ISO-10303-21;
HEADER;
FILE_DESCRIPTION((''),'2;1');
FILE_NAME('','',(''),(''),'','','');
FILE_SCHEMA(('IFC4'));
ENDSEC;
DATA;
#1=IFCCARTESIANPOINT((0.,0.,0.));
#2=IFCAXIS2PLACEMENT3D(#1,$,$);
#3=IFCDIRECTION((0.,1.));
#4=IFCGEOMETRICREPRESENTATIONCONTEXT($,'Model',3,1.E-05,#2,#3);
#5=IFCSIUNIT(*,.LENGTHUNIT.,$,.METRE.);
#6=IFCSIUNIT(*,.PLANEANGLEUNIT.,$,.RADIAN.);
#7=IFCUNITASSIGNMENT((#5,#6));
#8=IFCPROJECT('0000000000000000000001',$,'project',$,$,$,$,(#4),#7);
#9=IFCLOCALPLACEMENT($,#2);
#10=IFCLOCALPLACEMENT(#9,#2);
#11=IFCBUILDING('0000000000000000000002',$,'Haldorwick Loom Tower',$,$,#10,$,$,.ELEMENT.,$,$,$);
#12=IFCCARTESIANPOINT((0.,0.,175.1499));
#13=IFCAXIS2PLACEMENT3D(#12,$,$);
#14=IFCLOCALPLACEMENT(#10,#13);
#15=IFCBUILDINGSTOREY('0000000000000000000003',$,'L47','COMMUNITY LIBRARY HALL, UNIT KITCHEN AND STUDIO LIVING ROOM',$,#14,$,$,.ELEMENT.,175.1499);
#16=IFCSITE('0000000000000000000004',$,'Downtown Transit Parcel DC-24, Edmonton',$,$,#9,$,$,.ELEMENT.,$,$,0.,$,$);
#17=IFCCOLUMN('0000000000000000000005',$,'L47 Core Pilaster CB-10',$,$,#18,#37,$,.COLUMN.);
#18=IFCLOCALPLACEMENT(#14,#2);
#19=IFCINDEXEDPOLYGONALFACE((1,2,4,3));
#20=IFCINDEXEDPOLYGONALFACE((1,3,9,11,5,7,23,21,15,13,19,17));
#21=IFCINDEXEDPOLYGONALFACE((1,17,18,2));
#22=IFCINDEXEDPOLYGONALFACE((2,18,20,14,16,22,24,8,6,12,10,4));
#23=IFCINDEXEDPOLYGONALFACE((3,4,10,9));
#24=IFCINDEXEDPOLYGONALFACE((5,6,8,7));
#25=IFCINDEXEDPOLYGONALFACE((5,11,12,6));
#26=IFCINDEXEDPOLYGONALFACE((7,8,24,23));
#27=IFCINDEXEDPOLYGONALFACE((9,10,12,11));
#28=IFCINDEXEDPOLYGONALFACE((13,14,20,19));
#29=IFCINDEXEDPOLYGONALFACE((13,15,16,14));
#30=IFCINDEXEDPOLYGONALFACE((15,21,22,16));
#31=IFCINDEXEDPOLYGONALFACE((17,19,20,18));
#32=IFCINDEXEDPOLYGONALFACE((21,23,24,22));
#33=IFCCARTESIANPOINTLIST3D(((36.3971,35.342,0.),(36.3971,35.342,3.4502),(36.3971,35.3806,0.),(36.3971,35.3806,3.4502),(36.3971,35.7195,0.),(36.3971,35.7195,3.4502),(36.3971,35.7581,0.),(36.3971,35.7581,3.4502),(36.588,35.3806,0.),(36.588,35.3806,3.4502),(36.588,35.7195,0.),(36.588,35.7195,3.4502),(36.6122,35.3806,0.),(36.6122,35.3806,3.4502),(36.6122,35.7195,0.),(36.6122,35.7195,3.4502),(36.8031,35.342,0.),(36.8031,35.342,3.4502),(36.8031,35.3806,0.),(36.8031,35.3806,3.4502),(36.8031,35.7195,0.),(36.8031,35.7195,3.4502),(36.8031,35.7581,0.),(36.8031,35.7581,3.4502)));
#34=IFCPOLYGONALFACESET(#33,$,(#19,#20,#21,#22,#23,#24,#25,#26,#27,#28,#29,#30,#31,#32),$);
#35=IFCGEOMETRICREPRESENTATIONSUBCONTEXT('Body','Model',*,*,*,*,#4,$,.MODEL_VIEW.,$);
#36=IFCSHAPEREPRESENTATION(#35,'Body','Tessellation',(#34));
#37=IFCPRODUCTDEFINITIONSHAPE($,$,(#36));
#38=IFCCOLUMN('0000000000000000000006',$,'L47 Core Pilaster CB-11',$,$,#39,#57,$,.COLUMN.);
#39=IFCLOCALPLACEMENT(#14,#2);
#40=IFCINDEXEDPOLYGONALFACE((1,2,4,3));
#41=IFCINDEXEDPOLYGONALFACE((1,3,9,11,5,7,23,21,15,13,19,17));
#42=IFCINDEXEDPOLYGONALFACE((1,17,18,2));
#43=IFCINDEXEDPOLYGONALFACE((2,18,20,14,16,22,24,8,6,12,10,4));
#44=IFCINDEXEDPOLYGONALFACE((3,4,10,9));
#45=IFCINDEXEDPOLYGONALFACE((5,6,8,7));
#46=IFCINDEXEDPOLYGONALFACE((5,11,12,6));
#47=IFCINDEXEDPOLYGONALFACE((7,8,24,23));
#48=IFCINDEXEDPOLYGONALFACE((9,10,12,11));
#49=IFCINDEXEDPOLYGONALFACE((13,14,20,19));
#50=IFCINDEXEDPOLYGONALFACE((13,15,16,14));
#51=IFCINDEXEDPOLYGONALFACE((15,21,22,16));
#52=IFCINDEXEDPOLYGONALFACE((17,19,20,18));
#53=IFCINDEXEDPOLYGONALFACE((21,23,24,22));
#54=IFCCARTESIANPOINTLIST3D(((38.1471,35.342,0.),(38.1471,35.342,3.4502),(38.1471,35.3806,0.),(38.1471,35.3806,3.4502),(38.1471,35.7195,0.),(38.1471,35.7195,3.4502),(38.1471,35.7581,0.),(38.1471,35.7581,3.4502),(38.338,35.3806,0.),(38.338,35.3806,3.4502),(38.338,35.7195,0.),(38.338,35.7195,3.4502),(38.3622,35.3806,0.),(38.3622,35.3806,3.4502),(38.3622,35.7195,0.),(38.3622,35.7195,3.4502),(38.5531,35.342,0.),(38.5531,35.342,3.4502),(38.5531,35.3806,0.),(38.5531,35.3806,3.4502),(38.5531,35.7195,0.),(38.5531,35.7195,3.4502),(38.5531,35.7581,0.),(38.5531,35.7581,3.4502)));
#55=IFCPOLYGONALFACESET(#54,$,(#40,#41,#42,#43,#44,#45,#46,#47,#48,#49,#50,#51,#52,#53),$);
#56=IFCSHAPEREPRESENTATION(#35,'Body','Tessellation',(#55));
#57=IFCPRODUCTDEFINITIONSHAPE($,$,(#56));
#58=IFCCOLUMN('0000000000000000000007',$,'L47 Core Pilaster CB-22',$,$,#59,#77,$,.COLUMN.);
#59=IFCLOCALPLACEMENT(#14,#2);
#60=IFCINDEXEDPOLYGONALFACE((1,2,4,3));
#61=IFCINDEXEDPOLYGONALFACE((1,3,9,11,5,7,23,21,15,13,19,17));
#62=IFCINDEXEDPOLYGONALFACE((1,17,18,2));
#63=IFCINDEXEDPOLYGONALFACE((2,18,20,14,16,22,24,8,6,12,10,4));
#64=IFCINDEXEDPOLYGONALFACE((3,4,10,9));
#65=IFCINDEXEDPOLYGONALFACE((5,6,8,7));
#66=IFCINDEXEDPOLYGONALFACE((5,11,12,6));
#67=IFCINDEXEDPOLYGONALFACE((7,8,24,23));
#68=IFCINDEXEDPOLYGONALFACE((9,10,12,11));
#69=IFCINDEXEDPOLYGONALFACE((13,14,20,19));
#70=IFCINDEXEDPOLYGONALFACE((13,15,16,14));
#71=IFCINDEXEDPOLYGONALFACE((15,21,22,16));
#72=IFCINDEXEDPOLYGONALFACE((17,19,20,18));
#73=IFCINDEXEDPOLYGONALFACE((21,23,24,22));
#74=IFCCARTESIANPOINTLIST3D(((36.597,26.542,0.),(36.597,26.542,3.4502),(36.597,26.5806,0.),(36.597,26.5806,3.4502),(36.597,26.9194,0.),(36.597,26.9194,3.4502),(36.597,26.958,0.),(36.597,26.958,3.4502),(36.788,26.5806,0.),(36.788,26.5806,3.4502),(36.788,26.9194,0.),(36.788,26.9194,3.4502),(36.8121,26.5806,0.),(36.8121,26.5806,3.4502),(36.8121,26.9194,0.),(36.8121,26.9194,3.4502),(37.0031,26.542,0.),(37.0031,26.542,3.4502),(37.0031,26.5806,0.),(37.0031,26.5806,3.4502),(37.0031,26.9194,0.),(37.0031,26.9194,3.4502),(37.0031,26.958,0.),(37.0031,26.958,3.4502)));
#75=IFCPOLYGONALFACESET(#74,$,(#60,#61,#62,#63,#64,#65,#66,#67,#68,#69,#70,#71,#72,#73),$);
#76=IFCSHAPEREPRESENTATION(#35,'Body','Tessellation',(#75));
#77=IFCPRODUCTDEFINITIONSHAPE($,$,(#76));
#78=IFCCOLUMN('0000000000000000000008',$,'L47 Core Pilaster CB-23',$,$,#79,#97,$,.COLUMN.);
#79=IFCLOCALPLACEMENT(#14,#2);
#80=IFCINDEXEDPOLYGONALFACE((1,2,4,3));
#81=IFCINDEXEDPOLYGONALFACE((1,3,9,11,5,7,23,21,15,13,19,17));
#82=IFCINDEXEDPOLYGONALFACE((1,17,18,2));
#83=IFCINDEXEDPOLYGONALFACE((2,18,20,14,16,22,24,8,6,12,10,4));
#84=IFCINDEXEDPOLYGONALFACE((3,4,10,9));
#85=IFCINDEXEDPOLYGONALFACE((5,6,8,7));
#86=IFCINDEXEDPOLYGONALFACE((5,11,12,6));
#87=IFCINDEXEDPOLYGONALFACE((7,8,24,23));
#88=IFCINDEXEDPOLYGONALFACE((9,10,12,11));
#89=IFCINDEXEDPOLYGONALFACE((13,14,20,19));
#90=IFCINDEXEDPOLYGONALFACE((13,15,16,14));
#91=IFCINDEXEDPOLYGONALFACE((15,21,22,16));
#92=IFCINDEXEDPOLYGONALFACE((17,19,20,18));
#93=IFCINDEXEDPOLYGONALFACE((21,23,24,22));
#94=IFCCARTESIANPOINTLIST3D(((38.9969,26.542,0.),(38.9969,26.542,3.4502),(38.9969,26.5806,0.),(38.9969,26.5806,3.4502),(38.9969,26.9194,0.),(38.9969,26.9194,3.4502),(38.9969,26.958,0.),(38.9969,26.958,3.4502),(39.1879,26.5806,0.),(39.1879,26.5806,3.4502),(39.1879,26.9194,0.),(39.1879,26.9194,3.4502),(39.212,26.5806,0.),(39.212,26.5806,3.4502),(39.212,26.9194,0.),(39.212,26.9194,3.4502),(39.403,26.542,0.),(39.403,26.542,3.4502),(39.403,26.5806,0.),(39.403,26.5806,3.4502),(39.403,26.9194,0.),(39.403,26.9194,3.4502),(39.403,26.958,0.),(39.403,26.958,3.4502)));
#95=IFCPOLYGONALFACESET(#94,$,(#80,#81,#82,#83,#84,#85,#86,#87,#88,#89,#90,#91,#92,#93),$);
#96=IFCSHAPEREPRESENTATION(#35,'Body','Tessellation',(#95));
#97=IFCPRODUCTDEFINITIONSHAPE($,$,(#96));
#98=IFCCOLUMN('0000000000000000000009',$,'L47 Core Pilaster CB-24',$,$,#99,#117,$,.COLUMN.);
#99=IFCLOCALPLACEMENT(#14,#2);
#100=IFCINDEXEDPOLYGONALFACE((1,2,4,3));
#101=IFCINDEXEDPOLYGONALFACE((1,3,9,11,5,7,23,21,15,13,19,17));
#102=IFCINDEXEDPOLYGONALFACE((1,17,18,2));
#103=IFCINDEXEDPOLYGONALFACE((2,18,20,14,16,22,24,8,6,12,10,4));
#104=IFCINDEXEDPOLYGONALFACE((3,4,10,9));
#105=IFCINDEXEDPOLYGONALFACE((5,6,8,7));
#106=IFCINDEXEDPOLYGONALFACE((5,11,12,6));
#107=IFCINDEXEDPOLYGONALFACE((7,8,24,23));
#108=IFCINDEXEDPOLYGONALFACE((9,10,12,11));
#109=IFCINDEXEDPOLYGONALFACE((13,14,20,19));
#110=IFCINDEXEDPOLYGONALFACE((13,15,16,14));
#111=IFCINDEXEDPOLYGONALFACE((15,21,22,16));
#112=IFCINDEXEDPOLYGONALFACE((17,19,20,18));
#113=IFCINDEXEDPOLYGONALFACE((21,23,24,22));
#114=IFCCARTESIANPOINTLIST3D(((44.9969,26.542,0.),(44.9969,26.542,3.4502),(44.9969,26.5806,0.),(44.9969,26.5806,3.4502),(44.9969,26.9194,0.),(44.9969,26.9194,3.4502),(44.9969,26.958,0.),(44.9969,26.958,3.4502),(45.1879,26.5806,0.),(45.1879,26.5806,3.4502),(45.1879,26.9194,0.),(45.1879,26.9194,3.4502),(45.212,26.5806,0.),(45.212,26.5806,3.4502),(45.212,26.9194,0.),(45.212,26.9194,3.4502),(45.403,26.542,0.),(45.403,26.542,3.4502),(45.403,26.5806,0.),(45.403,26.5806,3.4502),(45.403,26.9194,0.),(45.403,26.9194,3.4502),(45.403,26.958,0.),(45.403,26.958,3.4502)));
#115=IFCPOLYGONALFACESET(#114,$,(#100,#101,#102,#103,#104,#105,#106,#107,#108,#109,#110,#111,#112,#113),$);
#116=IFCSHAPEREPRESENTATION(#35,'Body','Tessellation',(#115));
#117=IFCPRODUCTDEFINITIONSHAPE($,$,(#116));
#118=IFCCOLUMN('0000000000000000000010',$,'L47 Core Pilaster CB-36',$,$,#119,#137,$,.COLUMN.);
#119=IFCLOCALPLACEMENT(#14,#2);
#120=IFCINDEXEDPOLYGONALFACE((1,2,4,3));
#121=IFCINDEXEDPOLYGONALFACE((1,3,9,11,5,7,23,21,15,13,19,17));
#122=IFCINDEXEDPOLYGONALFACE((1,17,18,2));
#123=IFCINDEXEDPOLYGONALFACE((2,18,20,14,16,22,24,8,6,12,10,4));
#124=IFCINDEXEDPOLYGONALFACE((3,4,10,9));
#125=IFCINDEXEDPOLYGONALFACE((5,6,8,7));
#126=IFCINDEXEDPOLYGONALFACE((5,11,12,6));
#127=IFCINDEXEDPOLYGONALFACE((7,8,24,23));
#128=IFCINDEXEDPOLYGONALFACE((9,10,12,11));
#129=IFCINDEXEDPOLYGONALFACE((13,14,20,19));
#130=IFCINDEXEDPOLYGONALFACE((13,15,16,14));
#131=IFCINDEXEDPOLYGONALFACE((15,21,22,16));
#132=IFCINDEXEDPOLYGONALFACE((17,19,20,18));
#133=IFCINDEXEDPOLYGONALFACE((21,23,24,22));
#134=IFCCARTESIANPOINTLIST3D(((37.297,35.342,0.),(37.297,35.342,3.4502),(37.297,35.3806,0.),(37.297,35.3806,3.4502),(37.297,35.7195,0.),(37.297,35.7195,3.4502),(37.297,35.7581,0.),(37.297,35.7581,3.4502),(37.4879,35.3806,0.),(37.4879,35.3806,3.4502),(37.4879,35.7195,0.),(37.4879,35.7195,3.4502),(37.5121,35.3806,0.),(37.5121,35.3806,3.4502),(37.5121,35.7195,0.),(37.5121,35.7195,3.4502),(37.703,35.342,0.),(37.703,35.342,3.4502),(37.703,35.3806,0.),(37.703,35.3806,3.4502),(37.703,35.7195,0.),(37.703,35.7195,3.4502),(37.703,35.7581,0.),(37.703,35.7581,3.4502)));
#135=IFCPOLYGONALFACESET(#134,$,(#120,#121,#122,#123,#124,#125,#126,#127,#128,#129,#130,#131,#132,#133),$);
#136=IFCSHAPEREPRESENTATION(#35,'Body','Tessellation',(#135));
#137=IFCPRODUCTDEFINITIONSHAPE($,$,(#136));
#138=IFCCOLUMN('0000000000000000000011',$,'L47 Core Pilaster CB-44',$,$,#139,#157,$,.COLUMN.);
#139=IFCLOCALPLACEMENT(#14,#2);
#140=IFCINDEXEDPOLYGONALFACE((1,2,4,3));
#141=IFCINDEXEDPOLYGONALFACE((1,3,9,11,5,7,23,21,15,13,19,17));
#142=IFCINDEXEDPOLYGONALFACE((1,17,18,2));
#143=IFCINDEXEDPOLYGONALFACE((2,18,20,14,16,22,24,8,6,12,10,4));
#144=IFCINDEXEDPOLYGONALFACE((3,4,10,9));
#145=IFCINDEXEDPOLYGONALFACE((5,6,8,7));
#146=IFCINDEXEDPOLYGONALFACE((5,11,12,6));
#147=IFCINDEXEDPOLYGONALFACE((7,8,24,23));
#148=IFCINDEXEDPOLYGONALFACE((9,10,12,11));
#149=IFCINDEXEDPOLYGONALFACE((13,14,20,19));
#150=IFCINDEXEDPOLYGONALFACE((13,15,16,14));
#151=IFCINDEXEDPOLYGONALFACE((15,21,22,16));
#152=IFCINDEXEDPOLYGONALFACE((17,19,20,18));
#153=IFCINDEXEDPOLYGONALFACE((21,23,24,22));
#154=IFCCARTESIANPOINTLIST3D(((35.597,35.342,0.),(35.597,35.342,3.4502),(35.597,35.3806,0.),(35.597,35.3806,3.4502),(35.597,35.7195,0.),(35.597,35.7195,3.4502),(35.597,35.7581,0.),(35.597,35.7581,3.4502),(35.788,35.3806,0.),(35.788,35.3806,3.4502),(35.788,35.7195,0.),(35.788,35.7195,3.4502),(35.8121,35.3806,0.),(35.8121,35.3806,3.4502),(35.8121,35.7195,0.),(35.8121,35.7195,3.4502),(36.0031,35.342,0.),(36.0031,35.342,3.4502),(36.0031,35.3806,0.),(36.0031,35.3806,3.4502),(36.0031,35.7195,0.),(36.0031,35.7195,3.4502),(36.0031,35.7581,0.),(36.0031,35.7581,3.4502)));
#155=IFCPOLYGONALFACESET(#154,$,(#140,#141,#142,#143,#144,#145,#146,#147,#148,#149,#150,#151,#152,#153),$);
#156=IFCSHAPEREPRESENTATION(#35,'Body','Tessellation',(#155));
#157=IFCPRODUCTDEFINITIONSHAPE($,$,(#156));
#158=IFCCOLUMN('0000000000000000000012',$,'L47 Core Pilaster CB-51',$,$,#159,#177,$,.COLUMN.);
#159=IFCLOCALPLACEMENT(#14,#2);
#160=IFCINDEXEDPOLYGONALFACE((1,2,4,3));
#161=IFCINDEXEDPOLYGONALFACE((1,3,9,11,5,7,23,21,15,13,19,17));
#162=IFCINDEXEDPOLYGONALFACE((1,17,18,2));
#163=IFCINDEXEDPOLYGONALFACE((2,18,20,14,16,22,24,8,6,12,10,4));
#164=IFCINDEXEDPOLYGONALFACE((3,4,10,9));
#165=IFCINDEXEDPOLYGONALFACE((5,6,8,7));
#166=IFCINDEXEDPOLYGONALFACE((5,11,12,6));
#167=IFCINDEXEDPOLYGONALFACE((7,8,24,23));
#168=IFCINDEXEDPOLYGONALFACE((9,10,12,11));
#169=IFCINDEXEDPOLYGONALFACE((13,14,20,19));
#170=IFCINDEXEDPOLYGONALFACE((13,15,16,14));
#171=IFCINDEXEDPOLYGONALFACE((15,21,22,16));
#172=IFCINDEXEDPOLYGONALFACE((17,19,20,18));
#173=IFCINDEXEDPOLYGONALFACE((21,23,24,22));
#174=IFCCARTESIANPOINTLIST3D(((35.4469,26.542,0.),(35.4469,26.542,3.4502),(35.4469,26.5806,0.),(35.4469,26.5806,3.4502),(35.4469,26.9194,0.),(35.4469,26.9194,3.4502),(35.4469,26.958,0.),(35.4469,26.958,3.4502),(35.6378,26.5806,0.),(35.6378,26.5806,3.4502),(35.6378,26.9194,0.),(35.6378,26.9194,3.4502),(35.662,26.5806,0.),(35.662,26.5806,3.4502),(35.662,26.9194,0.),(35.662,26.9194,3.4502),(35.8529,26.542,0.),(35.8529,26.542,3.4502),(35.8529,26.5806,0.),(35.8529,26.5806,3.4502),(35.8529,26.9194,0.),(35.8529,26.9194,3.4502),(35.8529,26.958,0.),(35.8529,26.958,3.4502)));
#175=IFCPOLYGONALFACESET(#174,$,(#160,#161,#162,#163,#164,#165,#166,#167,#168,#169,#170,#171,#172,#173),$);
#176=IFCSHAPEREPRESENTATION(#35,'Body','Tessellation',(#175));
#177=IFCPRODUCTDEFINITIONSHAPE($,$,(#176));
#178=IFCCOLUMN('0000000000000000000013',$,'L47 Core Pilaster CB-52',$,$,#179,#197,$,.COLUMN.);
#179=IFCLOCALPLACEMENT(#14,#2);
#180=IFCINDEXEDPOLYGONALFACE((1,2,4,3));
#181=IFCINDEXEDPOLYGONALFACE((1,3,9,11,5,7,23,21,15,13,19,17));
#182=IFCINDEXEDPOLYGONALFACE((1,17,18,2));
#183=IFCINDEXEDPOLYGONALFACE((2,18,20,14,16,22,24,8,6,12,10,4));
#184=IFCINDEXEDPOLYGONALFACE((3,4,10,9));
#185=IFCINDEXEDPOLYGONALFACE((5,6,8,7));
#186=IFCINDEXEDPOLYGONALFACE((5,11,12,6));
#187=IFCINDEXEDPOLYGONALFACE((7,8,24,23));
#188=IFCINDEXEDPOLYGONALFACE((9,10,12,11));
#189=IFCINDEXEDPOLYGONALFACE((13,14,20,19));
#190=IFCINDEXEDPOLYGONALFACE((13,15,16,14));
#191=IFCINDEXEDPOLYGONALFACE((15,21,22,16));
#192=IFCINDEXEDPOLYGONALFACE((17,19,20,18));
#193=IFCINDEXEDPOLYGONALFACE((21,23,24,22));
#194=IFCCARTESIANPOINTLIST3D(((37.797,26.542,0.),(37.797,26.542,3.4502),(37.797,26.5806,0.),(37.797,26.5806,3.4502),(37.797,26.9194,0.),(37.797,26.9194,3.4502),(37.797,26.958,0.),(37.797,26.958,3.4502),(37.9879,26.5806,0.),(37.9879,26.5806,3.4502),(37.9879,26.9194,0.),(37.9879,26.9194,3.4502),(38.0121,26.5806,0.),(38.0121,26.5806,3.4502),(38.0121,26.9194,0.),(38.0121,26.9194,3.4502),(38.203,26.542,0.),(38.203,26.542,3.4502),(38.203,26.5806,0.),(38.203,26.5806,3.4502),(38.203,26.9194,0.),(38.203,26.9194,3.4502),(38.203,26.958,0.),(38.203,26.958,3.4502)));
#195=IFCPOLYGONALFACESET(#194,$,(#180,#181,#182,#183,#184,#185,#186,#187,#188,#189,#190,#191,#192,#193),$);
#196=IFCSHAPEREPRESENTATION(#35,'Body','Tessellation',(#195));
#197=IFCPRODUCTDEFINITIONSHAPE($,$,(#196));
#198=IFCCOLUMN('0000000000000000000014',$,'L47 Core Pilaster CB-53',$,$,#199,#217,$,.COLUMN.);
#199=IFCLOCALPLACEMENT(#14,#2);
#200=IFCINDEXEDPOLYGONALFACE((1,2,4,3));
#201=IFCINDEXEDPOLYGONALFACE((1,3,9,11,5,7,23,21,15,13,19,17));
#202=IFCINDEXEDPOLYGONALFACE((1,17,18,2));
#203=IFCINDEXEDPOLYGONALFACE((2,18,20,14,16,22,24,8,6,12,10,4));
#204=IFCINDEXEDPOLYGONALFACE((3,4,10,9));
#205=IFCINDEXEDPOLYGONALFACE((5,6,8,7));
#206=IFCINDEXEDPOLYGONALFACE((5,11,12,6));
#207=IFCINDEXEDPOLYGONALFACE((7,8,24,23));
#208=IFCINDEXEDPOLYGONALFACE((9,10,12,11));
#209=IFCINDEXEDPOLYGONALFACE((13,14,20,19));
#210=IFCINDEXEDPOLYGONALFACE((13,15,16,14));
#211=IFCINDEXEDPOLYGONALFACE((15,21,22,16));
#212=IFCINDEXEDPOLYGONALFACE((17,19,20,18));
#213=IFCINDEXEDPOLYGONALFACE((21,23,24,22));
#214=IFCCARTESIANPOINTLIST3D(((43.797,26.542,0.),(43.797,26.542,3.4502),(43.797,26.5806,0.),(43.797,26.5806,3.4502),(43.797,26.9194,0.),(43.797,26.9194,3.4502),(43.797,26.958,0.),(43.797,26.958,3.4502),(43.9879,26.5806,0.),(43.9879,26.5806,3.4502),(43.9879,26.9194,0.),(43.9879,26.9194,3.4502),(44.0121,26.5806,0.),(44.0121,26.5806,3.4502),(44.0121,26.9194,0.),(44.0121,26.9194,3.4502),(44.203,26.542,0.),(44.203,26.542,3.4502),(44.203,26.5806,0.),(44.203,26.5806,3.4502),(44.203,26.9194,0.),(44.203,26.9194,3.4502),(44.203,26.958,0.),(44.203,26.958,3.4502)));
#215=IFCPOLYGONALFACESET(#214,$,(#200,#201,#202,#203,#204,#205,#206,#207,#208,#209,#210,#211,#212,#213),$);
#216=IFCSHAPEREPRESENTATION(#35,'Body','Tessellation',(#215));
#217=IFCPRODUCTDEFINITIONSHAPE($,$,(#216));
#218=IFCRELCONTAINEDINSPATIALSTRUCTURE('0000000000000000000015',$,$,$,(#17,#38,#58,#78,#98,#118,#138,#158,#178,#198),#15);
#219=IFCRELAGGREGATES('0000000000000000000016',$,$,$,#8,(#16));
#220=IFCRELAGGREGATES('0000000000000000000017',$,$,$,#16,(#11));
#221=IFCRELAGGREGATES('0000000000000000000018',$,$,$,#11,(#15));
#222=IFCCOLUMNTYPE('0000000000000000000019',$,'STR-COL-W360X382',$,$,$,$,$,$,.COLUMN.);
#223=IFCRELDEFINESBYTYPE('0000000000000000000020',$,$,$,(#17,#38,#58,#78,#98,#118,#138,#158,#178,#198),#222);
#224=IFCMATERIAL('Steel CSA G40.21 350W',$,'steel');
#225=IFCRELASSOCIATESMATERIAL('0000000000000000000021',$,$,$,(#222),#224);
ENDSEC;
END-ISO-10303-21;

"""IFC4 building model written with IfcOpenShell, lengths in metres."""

from ifc_helpers import new_model, si_unit, direction, frame, origin, origin_2d, place, context, subcontext, project, spatial, i_section, extrude, material, material_profile, profile_set, type_object, element, save


model = new_model("IFC4")

# Units and contexts
model_context = context("Model", 3, precision=1e-05, world=origin(), true_north=direction((0.0, 1.0)))
body_context = subcontext(model_context, "Body", "Model", "MODEL_VIEW")
ifc_project = project(units=[si_unit("LENGTHUNIT", "METRE"), si_unit("PLANEANGLEUNIT", "RADIAN")], contexts=[model_context])

# Site, building, storey
site_placement = place(None, origin())
site = spatial("IfcSite", under=ifc_project, at=site_placement, Name="Downtown Transit Parcel DC-24, Edmonton", CompositionType="ELEMENT", RefElevation=0.0)
building_placement = place(site_placement, origin())
building = spatial("IfcBuilding", under=site, at=building_placement, Name="Haldorwick Loom Tower", CompositionType="ELEMENT")
storey_placement = place(building_placement, frame((0.0, 0.0, 175.1499)))
storey = spatial("IfcBuildingStorey", under=building, at=storey_placement, Name="L47", Description="COMMUNITY LIBRARY HALL, UNIT KITCHEN AND STUDIO LIVING ROOM", CompositionType="ELEMENT", Elevation=175.1499)

# Columns
ifc_material_1 = material(Name="Steel CSA G40.21 350W", Category="steel")
ifc_material_profile_1 = material_profile(ifc_material_1, i_section(OverallWidth=0.406, OverallDepth=0.416, WebThickness=0.0242, FlangeThickness=0.0386, at=origin_2d()), Name="W360X382", Category="steel")
ifc_profile_set_1 = profile_set([ifc_material_profile_1], Name="Steel CSA G40.21 350W")
column_type = type_object("IfcColumnType", Name="STR-COL-W360X382", PredefinedType="COLUMN", material=ifc_profile_set_1)
for number, where, z_axis, x_axis, name in (
    (1, (36.6001, 35.55, 0.0), (0.0, 0.0, 1.0), (1.0, 0.0, 0.0), "L47 Core Pilaster CB-10"),
    (2, (38.3501, 35.55, 0.0), (0.0, 0.0, 1.0), (1.0, 0.0, 0.0), "L47 Core Pilaster CB-11"),
    (3, (36.8, 26.75, 0.0), (0.0, 0.0, 1.0), (1.0, 0.0, 0.0), "L47 Core Pilaster CB-22"),
    (4, (39.2, 26.75, 0.0), (0.0, 0.0, 1.0), (1.0, 0.0, 0.0), "L47 Core Pilaster CB-23"),
    (5, (45.2, 26.75, 0.0), (0.0, 0.0, 1.0), (1.0, 0.0, 0.0), "L47 Core Pilaster CB-24"),
    (6, (37.5, 35.55, 0.0), (0.0, 0.0, 1.0), (1.0, 0.0, 0.0), "L47 Core Pilaster CB-36"),
    (7, (35.8, 35.55, 0.0), (0.0, 0.0, 1.0), (1.0, 0.0, 0.0), "L47 Core Pilaster CB-44"),
    (8, (35.6499, 26.75, 0.0), (0.0, 0.0, 1.0), (1.0, 0.0, 0.0), "L47 Core Pilaster CB-51"),
    (9, (38.0, 26.75, 0.0), (0.0, 0.0, 1.0), (1.0, 0.0, 0.0), "L47 Core Pilaster CB-52"),
    (10, (44.0, 26.75, 0.0), (0.0, 0.0, 1.0), (1.0, 0.0, 0.0), "L47 Core Pilaster CB-53"),
):
    element("IfcColumn", number, at=place(storey_placement, frame(where, z_axis=z_axis, x_axis=x_axis)), inside=storey, type_object=column_type, Name=name, PredefinedType="COLUMN", context=body_context, shape_type="SweptSolid", body=[
        extrude(i_section(OverallWidth=0.406, OverallDepth=0.416, WebThickness=0.0242, FlangeThickness=0.0386, at=origin_2d()), origin(), (0.0, 0.0, 1.0), 3.4502),
    ])

save(model, "model.ifc")
